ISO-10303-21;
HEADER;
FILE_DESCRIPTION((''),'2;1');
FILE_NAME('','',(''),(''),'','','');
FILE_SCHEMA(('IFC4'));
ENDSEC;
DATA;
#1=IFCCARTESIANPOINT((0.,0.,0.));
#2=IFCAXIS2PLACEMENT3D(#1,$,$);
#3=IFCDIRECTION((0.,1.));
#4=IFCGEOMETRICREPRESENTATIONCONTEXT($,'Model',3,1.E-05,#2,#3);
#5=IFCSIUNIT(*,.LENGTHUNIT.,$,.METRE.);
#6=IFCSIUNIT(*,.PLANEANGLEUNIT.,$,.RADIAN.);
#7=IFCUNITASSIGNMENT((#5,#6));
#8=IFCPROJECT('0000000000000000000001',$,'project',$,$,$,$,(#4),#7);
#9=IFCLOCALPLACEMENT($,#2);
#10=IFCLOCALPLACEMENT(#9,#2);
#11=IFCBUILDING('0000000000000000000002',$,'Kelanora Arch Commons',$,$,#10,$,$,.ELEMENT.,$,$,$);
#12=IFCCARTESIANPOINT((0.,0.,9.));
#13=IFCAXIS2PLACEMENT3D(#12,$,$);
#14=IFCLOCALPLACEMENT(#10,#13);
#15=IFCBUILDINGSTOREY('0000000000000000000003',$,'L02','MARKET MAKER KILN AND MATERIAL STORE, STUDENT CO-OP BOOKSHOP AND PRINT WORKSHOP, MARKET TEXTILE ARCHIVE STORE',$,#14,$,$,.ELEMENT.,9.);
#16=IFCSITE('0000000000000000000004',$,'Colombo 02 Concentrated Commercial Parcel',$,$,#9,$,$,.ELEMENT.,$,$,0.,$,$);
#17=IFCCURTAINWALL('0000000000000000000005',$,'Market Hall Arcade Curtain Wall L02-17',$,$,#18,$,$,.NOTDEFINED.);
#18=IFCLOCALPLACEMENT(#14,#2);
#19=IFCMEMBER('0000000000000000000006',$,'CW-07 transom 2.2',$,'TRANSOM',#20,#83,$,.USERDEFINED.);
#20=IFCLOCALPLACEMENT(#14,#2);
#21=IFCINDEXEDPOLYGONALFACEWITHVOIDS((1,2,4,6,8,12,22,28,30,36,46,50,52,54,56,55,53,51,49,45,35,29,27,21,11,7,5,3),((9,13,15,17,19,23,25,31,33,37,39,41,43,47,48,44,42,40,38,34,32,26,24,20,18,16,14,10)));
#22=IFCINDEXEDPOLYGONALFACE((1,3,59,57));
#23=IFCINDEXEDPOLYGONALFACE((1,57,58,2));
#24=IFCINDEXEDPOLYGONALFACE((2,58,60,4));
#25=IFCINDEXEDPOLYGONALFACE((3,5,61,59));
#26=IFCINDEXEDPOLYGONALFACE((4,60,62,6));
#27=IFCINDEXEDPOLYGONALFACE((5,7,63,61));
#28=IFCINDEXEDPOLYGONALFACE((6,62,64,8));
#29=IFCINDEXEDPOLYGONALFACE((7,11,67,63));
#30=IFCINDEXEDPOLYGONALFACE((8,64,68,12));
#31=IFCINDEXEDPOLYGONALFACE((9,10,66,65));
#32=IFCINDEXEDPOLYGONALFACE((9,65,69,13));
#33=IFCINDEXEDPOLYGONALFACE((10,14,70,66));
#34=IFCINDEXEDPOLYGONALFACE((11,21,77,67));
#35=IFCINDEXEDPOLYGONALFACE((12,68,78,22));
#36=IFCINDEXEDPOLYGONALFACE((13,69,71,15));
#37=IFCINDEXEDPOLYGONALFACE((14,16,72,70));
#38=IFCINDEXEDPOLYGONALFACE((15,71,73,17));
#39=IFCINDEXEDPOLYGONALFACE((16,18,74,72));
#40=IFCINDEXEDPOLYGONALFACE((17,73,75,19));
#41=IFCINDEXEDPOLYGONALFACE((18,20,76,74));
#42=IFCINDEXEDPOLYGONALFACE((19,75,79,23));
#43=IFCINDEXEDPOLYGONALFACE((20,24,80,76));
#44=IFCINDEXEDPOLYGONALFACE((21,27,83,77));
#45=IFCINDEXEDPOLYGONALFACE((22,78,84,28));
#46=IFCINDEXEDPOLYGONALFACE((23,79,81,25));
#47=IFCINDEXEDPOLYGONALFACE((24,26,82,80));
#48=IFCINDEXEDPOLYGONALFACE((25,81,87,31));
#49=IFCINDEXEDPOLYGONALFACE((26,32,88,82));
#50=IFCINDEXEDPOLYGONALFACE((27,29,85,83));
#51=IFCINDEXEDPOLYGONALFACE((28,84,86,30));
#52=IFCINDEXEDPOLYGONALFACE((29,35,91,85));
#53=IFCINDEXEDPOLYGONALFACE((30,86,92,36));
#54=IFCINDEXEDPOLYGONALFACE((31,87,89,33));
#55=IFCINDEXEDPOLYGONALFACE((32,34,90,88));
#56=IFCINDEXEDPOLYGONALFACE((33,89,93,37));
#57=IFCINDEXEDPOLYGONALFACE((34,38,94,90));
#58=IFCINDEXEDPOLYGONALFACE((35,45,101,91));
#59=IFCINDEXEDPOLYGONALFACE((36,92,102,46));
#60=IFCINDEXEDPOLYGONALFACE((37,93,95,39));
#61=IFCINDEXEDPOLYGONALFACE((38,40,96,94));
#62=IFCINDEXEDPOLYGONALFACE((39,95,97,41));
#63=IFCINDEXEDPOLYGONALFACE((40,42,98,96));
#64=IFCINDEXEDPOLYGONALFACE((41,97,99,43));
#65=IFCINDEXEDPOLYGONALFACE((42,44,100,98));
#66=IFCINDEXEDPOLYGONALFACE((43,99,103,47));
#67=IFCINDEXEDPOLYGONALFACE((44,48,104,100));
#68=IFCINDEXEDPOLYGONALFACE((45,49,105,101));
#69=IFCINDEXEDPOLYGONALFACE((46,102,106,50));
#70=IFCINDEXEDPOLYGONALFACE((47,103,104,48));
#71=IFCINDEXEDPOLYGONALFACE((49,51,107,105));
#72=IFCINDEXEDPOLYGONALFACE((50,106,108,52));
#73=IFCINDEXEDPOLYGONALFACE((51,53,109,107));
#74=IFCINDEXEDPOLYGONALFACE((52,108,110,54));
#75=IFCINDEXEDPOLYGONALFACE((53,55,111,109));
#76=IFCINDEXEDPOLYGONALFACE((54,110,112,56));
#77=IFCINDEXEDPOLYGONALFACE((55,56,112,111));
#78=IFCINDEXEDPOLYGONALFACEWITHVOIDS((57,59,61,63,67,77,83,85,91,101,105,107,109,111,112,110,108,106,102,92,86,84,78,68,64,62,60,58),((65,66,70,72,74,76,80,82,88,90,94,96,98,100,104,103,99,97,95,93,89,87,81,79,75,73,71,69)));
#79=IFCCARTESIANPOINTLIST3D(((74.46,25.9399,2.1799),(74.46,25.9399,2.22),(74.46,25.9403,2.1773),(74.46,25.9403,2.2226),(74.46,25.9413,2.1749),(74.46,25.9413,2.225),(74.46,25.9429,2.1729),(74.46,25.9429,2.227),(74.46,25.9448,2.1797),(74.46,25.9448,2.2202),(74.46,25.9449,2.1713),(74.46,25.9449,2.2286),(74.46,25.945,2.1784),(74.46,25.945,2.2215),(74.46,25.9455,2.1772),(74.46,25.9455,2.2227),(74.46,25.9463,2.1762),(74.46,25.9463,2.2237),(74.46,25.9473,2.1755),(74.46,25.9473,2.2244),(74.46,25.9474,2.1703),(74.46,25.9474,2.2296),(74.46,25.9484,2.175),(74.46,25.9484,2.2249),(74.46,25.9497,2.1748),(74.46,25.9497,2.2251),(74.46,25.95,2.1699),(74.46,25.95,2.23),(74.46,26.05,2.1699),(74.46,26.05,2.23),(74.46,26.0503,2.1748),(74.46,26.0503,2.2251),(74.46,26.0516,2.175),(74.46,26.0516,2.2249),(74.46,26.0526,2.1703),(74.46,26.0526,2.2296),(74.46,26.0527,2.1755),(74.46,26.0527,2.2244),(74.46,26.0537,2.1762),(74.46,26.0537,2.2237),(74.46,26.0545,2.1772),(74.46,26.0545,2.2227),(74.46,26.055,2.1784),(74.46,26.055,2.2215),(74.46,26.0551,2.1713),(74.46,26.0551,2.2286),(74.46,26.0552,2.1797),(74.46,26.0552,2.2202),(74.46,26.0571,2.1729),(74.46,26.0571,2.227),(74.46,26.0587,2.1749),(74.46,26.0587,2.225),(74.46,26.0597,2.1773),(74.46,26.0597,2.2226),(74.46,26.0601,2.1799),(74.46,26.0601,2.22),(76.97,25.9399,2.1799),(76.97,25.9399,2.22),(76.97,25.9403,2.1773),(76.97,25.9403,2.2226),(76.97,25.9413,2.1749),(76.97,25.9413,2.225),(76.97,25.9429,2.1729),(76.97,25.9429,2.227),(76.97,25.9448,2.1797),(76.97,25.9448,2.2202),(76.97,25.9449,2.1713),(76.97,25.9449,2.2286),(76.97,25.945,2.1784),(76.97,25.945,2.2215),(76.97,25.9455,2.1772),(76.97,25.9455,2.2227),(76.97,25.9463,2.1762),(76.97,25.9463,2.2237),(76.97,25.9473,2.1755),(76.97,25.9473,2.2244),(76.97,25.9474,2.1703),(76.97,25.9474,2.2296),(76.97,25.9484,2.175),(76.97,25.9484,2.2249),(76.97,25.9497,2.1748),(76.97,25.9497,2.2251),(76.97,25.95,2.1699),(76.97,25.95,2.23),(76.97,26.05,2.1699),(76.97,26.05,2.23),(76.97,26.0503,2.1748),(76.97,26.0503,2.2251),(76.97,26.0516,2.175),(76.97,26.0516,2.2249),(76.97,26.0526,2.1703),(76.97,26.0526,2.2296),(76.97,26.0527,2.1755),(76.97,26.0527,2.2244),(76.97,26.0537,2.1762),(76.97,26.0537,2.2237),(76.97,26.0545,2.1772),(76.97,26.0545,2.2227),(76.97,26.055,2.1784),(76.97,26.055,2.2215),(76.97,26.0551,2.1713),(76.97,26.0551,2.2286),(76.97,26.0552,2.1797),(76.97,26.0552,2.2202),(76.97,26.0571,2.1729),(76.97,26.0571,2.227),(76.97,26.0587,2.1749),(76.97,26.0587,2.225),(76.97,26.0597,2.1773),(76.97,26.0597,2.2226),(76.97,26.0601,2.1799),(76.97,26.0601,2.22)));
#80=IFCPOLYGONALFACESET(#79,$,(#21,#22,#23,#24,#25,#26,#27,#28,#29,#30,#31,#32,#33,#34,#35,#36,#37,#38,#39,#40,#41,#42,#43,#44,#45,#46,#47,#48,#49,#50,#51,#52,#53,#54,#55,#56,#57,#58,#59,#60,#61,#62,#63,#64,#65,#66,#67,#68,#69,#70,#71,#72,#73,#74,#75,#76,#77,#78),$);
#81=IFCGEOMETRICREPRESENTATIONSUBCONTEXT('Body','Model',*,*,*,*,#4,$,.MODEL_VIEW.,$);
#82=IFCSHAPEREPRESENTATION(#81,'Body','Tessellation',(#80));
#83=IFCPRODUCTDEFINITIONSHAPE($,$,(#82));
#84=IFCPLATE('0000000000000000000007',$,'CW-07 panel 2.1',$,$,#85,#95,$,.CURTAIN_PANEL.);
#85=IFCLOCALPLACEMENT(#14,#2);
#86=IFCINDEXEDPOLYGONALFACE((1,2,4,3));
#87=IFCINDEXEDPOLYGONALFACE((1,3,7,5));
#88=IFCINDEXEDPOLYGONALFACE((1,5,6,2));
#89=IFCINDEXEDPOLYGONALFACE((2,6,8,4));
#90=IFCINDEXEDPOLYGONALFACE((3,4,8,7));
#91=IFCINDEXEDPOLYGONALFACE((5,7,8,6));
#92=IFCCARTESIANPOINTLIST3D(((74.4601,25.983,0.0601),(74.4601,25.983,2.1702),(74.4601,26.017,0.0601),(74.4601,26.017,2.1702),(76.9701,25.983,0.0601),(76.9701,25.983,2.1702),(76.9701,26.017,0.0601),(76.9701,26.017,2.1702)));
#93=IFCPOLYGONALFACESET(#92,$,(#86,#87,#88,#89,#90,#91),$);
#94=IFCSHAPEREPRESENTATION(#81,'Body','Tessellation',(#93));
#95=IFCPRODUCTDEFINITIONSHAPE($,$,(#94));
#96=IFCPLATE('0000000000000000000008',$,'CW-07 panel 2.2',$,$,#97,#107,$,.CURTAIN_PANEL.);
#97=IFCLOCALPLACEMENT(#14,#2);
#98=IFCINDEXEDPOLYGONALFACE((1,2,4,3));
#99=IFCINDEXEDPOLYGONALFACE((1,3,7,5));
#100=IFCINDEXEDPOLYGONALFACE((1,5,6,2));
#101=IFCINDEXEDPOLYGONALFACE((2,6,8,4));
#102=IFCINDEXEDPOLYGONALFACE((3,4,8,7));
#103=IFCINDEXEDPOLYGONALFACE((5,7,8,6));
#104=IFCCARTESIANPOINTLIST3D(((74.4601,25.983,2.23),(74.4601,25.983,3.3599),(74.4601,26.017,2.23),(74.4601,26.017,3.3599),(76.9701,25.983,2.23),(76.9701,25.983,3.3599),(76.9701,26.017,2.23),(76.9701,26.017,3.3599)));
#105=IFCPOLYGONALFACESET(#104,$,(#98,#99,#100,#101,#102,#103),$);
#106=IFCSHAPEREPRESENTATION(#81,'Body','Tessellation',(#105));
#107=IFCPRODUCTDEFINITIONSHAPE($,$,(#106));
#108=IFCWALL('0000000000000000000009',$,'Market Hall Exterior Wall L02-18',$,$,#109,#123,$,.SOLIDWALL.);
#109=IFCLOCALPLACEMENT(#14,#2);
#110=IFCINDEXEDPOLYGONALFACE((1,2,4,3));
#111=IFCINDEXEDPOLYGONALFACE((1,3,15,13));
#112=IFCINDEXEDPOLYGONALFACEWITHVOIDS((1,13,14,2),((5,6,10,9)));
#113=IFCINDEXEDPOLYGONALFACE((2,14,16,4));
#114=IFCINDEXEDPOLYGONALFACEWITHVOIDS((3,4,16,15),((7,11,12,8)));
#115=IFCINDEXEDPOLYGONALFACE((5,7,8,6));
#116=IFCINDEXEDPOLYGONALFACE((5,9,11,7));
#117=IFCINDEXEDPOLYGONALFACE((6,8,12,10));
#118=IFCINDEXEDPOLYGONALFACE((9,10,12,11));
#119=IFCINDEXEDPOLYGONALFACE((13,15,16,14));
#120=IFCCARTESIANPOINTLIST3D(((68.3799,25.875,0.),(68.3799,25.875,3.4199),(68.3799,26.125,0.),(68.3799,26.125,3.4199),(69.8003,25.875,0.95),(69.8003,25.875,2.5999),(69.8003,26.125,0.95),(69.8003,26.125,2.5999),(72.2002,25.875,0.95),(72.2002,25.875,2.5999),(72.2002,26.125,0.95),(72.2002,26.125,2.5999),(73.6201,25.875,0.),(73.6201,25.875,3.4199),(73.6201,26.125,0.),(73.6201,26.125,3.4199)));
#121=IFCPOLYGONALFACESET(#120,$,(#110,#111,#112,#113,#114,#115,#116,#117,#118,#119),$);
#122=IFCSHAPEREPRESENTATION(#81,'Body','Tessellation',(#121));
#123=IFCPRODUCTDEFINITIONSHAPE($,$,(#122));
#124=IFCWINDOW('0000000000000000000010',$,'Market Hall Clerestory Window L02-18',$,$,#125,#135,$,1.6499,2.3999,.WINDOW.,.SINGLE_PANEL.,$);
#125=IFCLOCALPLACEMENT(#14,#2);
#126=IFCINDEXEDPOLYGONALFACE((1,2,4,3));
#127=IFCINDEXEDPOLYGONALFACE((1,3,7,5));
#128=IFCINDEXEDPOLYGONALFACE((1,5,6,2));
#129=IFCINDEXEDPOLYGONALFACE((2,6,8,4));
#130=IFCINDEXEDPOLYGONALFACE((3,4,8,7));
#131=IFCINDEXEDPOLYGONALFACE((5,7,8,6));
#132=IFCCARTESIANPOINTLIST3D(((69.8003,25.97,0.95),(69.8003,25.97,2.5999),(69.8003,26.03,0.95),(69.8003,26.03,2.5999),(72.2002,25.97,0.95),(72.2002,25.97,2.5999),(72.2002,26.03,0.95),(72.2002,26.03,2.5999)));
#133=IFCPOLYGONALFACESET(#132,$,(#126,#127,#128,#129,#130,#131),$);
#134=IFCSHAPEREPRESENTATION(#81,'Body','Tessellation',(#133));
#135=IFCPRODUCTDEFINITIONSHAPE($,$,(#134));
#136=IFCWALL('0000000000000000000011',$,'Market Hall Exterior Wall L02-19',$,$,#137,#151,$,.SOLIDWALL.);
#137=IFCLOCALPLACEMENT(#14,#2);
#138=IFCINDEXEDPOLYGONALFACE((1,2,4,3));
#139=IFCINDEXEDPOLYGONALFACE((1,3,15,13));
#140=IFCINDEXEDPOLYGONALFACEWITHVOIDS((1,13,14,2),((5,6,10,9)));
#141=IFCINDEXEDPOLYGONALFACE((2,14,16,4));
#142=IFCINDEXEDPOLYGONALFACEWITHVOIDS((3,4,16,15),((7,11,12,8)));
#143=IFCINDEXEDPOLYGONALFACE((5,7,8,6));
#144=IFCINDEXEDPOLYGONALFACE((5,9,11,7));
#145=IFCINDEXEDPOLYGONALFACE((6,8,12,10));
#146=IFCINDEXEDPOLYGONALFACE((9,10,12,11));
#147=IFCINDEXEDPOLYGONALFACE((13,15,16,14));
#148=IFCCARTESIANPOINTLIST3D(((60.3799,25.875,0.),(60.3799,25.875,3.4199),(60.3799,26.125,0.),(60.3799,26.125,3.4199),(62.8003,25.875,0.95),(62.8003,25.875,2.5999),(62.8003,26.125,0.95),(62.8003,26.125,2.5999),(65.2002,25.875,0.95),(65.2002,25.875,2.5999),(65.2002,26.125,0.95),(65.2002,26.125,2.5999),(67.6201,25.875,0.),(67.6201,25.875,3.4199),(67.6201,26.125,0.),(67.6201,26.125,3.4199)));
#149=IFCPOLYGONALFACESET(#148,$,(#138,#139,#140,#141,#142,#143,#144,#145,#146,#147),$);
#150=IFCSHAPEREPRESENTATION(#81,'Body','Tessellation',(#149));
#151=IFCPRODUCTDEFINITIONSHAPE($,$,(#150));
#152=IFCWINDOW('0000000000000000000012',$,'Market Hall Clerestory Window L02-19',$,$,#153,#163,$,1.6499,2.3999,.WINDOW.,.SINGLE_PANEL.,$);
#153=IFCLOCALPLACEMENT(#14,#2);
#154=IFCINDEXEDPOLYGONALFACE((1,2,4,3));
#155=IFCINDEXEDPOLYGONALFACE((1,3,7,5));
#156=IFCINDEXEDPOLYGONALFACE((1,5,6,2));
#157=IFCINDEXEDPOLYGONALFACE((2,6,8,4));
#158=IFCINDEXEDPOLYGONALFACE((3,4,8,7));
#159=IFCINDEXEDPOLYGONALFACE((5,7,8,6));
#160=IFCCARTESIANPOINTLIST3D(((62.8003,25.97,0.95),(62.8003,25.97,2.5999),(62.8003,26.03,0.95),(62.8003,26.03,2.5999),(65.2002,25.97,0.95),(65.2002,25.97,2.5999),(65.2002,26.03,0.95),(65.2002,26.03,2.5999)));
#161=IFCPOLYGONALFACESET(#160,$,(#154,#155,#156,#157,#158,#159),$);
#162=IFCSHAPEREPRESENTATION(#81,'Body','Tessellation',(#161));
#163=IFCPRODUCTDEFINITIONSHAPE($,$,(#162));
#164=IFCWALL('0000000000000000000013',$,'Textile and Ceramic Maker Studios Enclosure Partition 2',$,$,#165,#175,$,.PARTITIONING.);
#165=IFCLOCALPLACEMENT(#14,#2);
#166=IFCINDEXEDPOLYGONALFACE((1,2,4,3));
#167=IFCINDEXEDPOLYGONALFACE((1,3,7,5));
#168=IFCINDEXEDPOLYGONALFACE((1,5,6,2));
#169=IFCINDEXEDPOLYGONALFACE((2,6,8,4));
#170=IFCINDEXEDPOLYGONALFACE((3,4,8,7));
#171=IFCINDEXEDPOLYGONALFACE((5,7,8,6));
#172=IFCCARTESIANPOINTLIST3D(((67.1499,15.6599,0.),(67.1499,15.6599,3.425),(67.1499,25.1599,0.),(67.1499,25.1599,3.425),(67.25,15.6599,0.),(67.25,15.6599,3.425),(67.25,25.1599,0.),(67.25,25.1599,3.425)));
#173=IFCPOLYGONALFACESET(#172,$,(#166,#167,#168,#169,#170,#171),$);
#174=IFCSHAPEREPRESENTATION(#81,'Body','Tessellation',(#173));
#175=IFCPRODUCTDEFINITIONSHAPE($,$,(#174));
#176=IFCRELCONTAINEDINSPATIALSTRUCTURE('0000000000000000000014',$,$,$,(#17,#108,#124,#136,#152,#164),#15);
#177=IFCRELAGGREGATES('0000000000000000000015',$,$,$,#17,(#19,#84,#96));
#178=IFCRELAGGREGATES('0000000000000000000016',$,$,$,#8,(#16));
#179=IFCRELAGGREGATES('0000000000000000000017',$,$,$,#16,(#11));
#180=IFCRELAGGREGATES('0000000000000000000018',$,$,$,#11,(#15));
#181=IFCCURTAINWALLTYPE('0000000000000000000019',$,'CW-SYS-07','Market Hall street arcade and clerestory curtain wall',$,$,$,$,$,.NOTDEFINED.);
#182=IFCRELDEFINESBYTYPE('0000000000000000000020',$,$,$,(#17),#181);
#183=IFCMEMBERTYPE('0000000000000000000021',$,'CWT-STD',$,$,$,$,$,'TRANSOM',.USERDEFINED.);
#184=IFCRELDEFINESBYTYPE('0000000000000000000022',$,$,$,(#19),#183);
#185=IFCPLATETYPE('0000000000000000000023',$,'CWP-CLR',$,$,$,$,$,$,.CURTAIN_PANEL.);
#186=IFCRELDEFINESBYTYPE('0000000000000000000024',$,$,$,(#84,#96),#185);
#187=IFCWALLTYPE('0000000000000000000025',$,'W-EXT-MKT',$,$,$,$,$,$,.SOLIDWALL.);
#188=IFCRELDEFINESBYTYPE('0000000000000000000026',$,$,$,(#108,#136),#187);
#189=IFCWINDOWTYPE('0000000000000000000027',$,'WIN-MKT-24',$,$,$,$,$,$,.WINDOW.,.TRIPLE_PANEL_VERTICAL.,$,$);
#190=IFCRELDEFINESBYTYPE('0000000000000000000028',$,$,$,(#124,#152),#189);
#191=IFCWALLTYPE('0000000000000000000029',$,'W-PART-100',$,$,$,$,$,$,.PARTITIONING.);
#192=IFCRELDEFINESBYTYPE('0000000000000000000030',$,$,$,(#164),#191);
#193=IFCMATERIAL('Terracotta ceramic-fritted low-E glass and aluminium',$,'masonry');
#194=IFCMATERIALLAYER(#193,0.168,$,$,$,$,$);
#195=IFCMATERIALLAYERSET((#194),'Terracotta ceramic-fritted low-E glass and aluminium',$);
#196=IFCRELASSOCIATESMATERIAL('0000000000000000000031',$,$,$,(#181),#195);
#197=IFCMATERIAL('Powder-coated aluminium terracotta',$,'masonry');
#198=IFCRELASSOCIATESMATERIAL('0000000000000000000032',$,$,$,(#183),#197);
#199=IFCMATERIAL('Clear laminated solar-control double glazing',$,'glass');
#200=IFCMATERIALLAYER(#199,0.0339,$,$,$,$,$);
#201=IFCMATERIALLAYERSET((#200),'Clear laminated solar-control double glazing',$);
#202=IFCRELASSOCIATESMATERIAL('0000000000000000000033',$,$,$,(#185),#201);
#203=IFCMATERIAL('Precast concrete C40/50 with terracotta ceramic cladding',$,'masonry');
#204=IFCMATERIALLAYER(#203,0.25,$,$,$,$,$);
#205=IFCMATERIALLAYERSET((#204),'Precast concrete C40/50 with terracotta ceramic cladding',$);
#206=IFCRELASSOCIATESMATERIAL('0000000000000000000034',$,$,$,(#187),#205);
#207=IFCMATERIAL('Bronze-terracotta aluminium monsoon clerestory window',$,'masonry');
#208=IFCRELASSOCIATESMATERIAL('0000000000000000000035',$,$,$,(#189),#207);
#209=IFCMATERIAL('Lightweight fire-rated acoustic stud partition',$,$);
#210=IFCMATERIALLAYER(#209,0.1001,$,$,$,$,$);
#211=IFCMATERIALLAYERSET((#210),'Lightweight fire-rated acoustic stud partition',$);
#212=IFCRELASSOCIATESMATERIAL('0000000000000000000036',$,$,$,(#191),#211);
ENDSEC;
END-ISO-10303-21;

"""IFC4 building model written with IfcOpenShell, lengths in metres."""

from ifc_helpers import new_model, si_unit, direction, frame, frame_2d, origin, origin_2d, place, context, subcontext, project, spatial, rectangle, hollow_rectangle, extrude, source, transform, mapped, material, layer, layer_set, material_profile, profile_set, type_object, element, fill, aggregate, save


model = new_model("IFC4")

# Units and contexts
model_context = context("Model", 3, precision=1e-05, world=origin(), true_north=direction((0.0, 1.0)))
body_context = subcontext(model_context, "Body", "Model", "MODEL_VIEW")
ifc_project = project(units=[si_unit("LENGTHUNIT", "METRE"), si_unit("PLANEANGLEUNIT", "RADIAN")], contexts=[model_context])

# Site, building, storey
site_placement = place(None, origin())
site = spatial("IfcSite", under=ifc_project, at=site_placement, Name="Colombo 02 Concentrated Commercial Parcel", CompositionType="ELEMENT", RefElevation=0.0)
building_placement = place(site_placement, origin())
building = spatial("IfcBuilding", under=site, at=building_placement, Name="Kelanora Arch Commons", CompositionType="ELEMENT")
storey_placement = place(building_placement, frame((0.0, 0.0, 9.0)))
storey = spatial("IfcBuildingStorey", under=building, at=storey_placement, Name="L02", Description="MARKET MAKER KILN AND MATERIAL STORE, STUDENT CO-OP BOOKSHOP AND PRINT WORKSHOP, MARKET TEXTILE ARCHIVE STORE", CompositionType="ELEMENT", Elevation=9.0)

# Curtain wall, member, plates
ifc_material_1 = material(Name="Terracotta ceramic-fritted low-E glass and aluminium", Category="masonry")
ifc_layer_1 = layer(ifc_material_1, 0.168)
ifc_layer_set_1 = layer_set([ifc_layer_1], Name="Terracotta ceramic-fritted low-E glass and aluminium")
curtain_wall_type = type_object("IfcCurtainWallType", Name="CW-SYS-07", Description="Market Hall street arcade and clerestory curtain wall", PredefinedType="NOTDEFINED", material=ifc_layer_set_1)
curtain_wall_placement = place(storey_placement, origin())
curtain_wall = element("IfcCurtainWall", 1, at=curtain_wall_placement, inside=storey, type_object=curtain_wall_type, Name="Market Hall Arcade Curtain Wall L02-17", PredefinedType="NOTDEFINED")
ifc_material_2 = material(Name="Powder-coated aluminium terracotta", Category="masonry")
ifc_material_profile_1 = material_profile(ifc_material_2, hollow_rectangle(XDim=0.1201, YDim=0.0601, WallThickness=0.0049, InnerFilletRadius=0.0049, OuterFilletRadius=0.01, at=origin_2d()), Name="CWT120x60")
ifc_profile_set_1 = profile_set([ifc_material_profile_1], Name="Powder-coated aluminium terracotta")
member_type_1 = type_object("IfcMemberType", Name="CWT-STD", ElementType="TRANSOM", PredefinedType="USERDEFINED", material=ifc_profile_set_1)
member_1_placement = place(storey_placement, frame((76.97, 26.0, 2.2), z_axis=(-1.0, 0.0, 0.0), x_axis=(0.0, -1.0, 0.0)))
member_1 = element("IfcMember", 2, at=member_1_placement, type_object=member_type_1, Name="CW-07 transom 2.2", ObjectType="TRANSOM", PredefinedType="USERDEFINED", context=body_context, shape_type="SweptSolid", body=[
    extrude(hollow_rectangle(XDim=0.1201, YDim=0.0601, WallThickness=0.0049, InnerFilletRadius=0.0049, OuterFilletRadius=0.01, at=origin_2d()), origin(), (0.0, 0.0, 1.0), 2.51),
])
ifc_material_3 = material(Name="Clear laminated solar-control double glazing", Category="glass")
ifc_layer_2 = layer(ifc_material_3, 0.0339)
ifc_layer_set_2 = layer_set([ifc_layer_2], Name="Clear laminated solar-control double glazing")
plate_type = type_object("IfcPlateType", Name="CWP-CLR", PredefinedType="CURTAIN_PANEL", material=ifc_layer_set_2)
shared_shape_1 = source(origin(), body_context, "Body", "SweptSolid", [
    extrude(rectangle(XDim=2.51, YDim=0.0339, at=origin_2d()), origin(), (0.0, 0.0, 1.0), 2.1101),
])
plate_1_placement = place(storey_placement, frame((75.7151, 26.0, 0.0601), z_axis=(0.0, 0.0, 1.0), x_axis=(-1.0, 0.0, 0.0)))
plate_1 = element("IfcPlate", 3, at=plate_1_placement, type_object=plate_type, Name="CW-07 panel 2.1", PredefinedType="CURTAIN_PANEL", context=body_context, shape_type="MappedRepresentation", body=[
    mapped(shared_shape_1, transform((0.0, 0.0, 0.0), scale=1.0)),
])
shared_shape_2 = source(origin(), body_context, "Body", "SweptSolid", [
    extrude(rectangle(XDim=2.51, YDim=0.0339, at=origin_2d()), origin(), (0.0, 0.0, 1.0), 1.1299),
])
plate_2_placement = place(storey_placement, frame((75.7151, 26.0, 2.23), z_axis=(0.0, 0.0, 1.0), x_axis=(-1.0, 0.0, 0.0)))
plate_2 = element("IfcPlate", 4, at=plate_2_placement, type_object=plate_type, Name="CW-07 panel 2.2", PredefinedType="CURTAIN_PANEL", context=body_context, shape_type="MappedRepresentation", body=[
    mapped(shared_shape_2, transform((0.0, 0.0, 0.0), scale=1.0)),
])
aggregate(curtain_wall, [member_1, plate_1, plate_2])

# Walls, openings, windows
ifc_material_4 = material(Name="Precast concrete C40/50 with terracotta ceramic cladding", Category="masonry")
ifc_layer_3 = layer(ifc_material_4, 0.25)
ifc_layer_set_3 = layer_set([ifc_layer_3], Name="Precast concrete C40/50 with terracotta ceramic cladding")
wall_type_1 = type_object("IfcWallType", Name="W-EXT-MKT", PredefinedType="SOLIDWALL", material=ifc_layer_set_3)
wall_1_placement = place(storey_placement, frame((73.6201, 26.0, 0.0), z_axis=(0.0, 0.0, 1.0), x_axis=(-1.0, 0.0, 0.0)))
wall_1 = element("IfcWall", 5, at=wall_1_placement, inside=storey, type_object=wall_type_1, Name="Market Hall Exterior Wall L02-18", PredefinedType="SOLIDWALL", context=body_context, shape_type="SweptSolid", body=[
    extrude(rectangle(XDim=5.2402, YDim=0.25, at=frame_2d((2.6201, 0.0))), origin(), (0.0, 0.0, 1.0), 3.4199),
])
opening_1_placement = place(wall_1_placement, frame((1.4199, 0.0, 0.95)))
opening_1 = element("IfcOpeningElement", 6, at=opening_1_placement, cuts=wall_1, PredefinedType="OPENING", context=body_context, shape_type="SweptSolid", body=[
    extrude(rectangle(XDim=2.3999, YDim=1.6499, at=frame_2d((1.2, 0.825))), frame((0.0, 0.135, 0.0), z_axis=(0.0, -1.0, 0.0), x_axis=(1.0, 0.0, 0.0)), (0.0, 0.0, 1.0), 0.27),
])
ifc_material_5 = material(Name="Bronze-terracotta aluminium monsoon clerestory window", Category="masonry")
window_type = type_object("IfcWindowType", Name="WIN-MKT-24", PartitioningType="TRIPLE_PANEL_VERTICAL", PredefinedType="WINDOW", material=ifc_material_5)
window_1_placement = place(opening_1_placement, origin())
window_1 = element("IfcWindow", 7, at=window_1_placement, inside=storey, type_object=window_type, Name="Market Hall Clerestory Window L02-18", OverallHeight=1.6499, OverallWidth=2.3999, PartitioningType="SINGLE_PANEL", PredefinedType="WINDOW", context=body_context, shape_type="SweptSolid", body=[
    extrude(rectangle(XDim=2.3999, YDim=1.6499, at=frame_2d((1.2, 0.825))), frame((0.0, 0.03, 0.0), z_axis=(0.0, -1.0, 0.0), x_axis=(1.0, 0.0, 0.0)), (0.0, 0.0, 1.0), 0.0601),
])
fill(opening_1, window_1)
wall_2_placement = place(storey_placement, frame((67.6201, 26.0, 0.0), z_axis=(0.0, 0.0, 1.0), x_axis=(-1.0, 0.0, 0.0)))
wall_2 = element("IfcWall", 8, at=wall_2_placement, inside=storey, type_object=wall_type_1, Name="Market Hall Exterior Wall L02-19", PredefinedType="SOLIDWALL", context=body_context, shape_type="SweptSolid", body=[
    extrude(rectangle(XDim=7.2402, YDim=0.25, at=frame_2d((3.6201, 0.0))), origin(), (0.0, 0.0, 1.0), 3.4199),
])
opening_2_placement = place(wall_2_placement, frame((2.4199, 0.0, 0.95)))
opening_2 = element("IfcOpeningElement", 9, at=opening_2_placement, cuts=wall_2, PredefinedType="OPENING", context=body_context, shape_type="SweptSolid", body=[
    extrude(rectangle(XDim=2.3999, YDim=1.6499, at=frame_2d((1.2, 0.825))), frame((0.0, 0.135, 0.0), z_axis=(0.0, -1.0, 0.0), x_axis=(1.0, 0.0, 0.0)), (0.0, 0.0, 1.0), 0.27),
])
window_2_placement = place(opening_2_placement, origin())
window_2 = element("IfcWindow", 10, at=window_2_placement, inside=storey, type_object=window_type, Name="Market Hall Clerestory Window L02-19", OverallHeight=1.6499, OverallWidth=2.3999, PartitioningType="SINGLE_PANEL", PredefinedType="WINDOW", context=body_context, shape_type="SweptSolid", body=[
    extrude(rectangle(XDim=2.3999, YDim=1.6499, at=frame_2d((1.2, 0.825))), frame((0.0, 0.03, 0.0), z_axis=(0.0, -1.0, 0.0), x_axis=(1.0, 0.0, 0.0)), (0.0, 0.0, 1.0), 0.0601),
])
fill(opening_2, window_2)

# Wall
ifc_material_6 = material(Name="Lightweight fire-rated acoustic stud partition")
ifc_layer_4 = layer(ifc_material_6, 0.1001)
ifc_layer_set_4 = layer_set([ifc_layer_4], Name="Lightweight fire-rated acoustic stud partition")
wall_type_2 = type_object("IfcWallType", Name="W-PART-100", PredefinedType="PARTITIONING", material=ifc_layer_set_4)
wall_3_placement = place(storey_placement, frame((67.2, 15.6599, 0.0), z_axis=(0.0, 0.0, 1.0), x_axis=(0.0, 1.0, 0.0)))
element("IfcWall", 11, at=wall_3_placement, inside=storey, type_object=wall_type_2, Name="Textile and Ceramic Maker Studios Enclosure Partition 2", PredefinedType="PARTITIONING", context=body_context, shape_type="SweptSolid", body=[
    extrude(rectangle(XDim=9.5, YDim=0.1001, at=frame_2d((4.75, 0.0))), origin(), (0.0, 0.0, 1.0), 3.425),
])

save(model, "model.ifc")
